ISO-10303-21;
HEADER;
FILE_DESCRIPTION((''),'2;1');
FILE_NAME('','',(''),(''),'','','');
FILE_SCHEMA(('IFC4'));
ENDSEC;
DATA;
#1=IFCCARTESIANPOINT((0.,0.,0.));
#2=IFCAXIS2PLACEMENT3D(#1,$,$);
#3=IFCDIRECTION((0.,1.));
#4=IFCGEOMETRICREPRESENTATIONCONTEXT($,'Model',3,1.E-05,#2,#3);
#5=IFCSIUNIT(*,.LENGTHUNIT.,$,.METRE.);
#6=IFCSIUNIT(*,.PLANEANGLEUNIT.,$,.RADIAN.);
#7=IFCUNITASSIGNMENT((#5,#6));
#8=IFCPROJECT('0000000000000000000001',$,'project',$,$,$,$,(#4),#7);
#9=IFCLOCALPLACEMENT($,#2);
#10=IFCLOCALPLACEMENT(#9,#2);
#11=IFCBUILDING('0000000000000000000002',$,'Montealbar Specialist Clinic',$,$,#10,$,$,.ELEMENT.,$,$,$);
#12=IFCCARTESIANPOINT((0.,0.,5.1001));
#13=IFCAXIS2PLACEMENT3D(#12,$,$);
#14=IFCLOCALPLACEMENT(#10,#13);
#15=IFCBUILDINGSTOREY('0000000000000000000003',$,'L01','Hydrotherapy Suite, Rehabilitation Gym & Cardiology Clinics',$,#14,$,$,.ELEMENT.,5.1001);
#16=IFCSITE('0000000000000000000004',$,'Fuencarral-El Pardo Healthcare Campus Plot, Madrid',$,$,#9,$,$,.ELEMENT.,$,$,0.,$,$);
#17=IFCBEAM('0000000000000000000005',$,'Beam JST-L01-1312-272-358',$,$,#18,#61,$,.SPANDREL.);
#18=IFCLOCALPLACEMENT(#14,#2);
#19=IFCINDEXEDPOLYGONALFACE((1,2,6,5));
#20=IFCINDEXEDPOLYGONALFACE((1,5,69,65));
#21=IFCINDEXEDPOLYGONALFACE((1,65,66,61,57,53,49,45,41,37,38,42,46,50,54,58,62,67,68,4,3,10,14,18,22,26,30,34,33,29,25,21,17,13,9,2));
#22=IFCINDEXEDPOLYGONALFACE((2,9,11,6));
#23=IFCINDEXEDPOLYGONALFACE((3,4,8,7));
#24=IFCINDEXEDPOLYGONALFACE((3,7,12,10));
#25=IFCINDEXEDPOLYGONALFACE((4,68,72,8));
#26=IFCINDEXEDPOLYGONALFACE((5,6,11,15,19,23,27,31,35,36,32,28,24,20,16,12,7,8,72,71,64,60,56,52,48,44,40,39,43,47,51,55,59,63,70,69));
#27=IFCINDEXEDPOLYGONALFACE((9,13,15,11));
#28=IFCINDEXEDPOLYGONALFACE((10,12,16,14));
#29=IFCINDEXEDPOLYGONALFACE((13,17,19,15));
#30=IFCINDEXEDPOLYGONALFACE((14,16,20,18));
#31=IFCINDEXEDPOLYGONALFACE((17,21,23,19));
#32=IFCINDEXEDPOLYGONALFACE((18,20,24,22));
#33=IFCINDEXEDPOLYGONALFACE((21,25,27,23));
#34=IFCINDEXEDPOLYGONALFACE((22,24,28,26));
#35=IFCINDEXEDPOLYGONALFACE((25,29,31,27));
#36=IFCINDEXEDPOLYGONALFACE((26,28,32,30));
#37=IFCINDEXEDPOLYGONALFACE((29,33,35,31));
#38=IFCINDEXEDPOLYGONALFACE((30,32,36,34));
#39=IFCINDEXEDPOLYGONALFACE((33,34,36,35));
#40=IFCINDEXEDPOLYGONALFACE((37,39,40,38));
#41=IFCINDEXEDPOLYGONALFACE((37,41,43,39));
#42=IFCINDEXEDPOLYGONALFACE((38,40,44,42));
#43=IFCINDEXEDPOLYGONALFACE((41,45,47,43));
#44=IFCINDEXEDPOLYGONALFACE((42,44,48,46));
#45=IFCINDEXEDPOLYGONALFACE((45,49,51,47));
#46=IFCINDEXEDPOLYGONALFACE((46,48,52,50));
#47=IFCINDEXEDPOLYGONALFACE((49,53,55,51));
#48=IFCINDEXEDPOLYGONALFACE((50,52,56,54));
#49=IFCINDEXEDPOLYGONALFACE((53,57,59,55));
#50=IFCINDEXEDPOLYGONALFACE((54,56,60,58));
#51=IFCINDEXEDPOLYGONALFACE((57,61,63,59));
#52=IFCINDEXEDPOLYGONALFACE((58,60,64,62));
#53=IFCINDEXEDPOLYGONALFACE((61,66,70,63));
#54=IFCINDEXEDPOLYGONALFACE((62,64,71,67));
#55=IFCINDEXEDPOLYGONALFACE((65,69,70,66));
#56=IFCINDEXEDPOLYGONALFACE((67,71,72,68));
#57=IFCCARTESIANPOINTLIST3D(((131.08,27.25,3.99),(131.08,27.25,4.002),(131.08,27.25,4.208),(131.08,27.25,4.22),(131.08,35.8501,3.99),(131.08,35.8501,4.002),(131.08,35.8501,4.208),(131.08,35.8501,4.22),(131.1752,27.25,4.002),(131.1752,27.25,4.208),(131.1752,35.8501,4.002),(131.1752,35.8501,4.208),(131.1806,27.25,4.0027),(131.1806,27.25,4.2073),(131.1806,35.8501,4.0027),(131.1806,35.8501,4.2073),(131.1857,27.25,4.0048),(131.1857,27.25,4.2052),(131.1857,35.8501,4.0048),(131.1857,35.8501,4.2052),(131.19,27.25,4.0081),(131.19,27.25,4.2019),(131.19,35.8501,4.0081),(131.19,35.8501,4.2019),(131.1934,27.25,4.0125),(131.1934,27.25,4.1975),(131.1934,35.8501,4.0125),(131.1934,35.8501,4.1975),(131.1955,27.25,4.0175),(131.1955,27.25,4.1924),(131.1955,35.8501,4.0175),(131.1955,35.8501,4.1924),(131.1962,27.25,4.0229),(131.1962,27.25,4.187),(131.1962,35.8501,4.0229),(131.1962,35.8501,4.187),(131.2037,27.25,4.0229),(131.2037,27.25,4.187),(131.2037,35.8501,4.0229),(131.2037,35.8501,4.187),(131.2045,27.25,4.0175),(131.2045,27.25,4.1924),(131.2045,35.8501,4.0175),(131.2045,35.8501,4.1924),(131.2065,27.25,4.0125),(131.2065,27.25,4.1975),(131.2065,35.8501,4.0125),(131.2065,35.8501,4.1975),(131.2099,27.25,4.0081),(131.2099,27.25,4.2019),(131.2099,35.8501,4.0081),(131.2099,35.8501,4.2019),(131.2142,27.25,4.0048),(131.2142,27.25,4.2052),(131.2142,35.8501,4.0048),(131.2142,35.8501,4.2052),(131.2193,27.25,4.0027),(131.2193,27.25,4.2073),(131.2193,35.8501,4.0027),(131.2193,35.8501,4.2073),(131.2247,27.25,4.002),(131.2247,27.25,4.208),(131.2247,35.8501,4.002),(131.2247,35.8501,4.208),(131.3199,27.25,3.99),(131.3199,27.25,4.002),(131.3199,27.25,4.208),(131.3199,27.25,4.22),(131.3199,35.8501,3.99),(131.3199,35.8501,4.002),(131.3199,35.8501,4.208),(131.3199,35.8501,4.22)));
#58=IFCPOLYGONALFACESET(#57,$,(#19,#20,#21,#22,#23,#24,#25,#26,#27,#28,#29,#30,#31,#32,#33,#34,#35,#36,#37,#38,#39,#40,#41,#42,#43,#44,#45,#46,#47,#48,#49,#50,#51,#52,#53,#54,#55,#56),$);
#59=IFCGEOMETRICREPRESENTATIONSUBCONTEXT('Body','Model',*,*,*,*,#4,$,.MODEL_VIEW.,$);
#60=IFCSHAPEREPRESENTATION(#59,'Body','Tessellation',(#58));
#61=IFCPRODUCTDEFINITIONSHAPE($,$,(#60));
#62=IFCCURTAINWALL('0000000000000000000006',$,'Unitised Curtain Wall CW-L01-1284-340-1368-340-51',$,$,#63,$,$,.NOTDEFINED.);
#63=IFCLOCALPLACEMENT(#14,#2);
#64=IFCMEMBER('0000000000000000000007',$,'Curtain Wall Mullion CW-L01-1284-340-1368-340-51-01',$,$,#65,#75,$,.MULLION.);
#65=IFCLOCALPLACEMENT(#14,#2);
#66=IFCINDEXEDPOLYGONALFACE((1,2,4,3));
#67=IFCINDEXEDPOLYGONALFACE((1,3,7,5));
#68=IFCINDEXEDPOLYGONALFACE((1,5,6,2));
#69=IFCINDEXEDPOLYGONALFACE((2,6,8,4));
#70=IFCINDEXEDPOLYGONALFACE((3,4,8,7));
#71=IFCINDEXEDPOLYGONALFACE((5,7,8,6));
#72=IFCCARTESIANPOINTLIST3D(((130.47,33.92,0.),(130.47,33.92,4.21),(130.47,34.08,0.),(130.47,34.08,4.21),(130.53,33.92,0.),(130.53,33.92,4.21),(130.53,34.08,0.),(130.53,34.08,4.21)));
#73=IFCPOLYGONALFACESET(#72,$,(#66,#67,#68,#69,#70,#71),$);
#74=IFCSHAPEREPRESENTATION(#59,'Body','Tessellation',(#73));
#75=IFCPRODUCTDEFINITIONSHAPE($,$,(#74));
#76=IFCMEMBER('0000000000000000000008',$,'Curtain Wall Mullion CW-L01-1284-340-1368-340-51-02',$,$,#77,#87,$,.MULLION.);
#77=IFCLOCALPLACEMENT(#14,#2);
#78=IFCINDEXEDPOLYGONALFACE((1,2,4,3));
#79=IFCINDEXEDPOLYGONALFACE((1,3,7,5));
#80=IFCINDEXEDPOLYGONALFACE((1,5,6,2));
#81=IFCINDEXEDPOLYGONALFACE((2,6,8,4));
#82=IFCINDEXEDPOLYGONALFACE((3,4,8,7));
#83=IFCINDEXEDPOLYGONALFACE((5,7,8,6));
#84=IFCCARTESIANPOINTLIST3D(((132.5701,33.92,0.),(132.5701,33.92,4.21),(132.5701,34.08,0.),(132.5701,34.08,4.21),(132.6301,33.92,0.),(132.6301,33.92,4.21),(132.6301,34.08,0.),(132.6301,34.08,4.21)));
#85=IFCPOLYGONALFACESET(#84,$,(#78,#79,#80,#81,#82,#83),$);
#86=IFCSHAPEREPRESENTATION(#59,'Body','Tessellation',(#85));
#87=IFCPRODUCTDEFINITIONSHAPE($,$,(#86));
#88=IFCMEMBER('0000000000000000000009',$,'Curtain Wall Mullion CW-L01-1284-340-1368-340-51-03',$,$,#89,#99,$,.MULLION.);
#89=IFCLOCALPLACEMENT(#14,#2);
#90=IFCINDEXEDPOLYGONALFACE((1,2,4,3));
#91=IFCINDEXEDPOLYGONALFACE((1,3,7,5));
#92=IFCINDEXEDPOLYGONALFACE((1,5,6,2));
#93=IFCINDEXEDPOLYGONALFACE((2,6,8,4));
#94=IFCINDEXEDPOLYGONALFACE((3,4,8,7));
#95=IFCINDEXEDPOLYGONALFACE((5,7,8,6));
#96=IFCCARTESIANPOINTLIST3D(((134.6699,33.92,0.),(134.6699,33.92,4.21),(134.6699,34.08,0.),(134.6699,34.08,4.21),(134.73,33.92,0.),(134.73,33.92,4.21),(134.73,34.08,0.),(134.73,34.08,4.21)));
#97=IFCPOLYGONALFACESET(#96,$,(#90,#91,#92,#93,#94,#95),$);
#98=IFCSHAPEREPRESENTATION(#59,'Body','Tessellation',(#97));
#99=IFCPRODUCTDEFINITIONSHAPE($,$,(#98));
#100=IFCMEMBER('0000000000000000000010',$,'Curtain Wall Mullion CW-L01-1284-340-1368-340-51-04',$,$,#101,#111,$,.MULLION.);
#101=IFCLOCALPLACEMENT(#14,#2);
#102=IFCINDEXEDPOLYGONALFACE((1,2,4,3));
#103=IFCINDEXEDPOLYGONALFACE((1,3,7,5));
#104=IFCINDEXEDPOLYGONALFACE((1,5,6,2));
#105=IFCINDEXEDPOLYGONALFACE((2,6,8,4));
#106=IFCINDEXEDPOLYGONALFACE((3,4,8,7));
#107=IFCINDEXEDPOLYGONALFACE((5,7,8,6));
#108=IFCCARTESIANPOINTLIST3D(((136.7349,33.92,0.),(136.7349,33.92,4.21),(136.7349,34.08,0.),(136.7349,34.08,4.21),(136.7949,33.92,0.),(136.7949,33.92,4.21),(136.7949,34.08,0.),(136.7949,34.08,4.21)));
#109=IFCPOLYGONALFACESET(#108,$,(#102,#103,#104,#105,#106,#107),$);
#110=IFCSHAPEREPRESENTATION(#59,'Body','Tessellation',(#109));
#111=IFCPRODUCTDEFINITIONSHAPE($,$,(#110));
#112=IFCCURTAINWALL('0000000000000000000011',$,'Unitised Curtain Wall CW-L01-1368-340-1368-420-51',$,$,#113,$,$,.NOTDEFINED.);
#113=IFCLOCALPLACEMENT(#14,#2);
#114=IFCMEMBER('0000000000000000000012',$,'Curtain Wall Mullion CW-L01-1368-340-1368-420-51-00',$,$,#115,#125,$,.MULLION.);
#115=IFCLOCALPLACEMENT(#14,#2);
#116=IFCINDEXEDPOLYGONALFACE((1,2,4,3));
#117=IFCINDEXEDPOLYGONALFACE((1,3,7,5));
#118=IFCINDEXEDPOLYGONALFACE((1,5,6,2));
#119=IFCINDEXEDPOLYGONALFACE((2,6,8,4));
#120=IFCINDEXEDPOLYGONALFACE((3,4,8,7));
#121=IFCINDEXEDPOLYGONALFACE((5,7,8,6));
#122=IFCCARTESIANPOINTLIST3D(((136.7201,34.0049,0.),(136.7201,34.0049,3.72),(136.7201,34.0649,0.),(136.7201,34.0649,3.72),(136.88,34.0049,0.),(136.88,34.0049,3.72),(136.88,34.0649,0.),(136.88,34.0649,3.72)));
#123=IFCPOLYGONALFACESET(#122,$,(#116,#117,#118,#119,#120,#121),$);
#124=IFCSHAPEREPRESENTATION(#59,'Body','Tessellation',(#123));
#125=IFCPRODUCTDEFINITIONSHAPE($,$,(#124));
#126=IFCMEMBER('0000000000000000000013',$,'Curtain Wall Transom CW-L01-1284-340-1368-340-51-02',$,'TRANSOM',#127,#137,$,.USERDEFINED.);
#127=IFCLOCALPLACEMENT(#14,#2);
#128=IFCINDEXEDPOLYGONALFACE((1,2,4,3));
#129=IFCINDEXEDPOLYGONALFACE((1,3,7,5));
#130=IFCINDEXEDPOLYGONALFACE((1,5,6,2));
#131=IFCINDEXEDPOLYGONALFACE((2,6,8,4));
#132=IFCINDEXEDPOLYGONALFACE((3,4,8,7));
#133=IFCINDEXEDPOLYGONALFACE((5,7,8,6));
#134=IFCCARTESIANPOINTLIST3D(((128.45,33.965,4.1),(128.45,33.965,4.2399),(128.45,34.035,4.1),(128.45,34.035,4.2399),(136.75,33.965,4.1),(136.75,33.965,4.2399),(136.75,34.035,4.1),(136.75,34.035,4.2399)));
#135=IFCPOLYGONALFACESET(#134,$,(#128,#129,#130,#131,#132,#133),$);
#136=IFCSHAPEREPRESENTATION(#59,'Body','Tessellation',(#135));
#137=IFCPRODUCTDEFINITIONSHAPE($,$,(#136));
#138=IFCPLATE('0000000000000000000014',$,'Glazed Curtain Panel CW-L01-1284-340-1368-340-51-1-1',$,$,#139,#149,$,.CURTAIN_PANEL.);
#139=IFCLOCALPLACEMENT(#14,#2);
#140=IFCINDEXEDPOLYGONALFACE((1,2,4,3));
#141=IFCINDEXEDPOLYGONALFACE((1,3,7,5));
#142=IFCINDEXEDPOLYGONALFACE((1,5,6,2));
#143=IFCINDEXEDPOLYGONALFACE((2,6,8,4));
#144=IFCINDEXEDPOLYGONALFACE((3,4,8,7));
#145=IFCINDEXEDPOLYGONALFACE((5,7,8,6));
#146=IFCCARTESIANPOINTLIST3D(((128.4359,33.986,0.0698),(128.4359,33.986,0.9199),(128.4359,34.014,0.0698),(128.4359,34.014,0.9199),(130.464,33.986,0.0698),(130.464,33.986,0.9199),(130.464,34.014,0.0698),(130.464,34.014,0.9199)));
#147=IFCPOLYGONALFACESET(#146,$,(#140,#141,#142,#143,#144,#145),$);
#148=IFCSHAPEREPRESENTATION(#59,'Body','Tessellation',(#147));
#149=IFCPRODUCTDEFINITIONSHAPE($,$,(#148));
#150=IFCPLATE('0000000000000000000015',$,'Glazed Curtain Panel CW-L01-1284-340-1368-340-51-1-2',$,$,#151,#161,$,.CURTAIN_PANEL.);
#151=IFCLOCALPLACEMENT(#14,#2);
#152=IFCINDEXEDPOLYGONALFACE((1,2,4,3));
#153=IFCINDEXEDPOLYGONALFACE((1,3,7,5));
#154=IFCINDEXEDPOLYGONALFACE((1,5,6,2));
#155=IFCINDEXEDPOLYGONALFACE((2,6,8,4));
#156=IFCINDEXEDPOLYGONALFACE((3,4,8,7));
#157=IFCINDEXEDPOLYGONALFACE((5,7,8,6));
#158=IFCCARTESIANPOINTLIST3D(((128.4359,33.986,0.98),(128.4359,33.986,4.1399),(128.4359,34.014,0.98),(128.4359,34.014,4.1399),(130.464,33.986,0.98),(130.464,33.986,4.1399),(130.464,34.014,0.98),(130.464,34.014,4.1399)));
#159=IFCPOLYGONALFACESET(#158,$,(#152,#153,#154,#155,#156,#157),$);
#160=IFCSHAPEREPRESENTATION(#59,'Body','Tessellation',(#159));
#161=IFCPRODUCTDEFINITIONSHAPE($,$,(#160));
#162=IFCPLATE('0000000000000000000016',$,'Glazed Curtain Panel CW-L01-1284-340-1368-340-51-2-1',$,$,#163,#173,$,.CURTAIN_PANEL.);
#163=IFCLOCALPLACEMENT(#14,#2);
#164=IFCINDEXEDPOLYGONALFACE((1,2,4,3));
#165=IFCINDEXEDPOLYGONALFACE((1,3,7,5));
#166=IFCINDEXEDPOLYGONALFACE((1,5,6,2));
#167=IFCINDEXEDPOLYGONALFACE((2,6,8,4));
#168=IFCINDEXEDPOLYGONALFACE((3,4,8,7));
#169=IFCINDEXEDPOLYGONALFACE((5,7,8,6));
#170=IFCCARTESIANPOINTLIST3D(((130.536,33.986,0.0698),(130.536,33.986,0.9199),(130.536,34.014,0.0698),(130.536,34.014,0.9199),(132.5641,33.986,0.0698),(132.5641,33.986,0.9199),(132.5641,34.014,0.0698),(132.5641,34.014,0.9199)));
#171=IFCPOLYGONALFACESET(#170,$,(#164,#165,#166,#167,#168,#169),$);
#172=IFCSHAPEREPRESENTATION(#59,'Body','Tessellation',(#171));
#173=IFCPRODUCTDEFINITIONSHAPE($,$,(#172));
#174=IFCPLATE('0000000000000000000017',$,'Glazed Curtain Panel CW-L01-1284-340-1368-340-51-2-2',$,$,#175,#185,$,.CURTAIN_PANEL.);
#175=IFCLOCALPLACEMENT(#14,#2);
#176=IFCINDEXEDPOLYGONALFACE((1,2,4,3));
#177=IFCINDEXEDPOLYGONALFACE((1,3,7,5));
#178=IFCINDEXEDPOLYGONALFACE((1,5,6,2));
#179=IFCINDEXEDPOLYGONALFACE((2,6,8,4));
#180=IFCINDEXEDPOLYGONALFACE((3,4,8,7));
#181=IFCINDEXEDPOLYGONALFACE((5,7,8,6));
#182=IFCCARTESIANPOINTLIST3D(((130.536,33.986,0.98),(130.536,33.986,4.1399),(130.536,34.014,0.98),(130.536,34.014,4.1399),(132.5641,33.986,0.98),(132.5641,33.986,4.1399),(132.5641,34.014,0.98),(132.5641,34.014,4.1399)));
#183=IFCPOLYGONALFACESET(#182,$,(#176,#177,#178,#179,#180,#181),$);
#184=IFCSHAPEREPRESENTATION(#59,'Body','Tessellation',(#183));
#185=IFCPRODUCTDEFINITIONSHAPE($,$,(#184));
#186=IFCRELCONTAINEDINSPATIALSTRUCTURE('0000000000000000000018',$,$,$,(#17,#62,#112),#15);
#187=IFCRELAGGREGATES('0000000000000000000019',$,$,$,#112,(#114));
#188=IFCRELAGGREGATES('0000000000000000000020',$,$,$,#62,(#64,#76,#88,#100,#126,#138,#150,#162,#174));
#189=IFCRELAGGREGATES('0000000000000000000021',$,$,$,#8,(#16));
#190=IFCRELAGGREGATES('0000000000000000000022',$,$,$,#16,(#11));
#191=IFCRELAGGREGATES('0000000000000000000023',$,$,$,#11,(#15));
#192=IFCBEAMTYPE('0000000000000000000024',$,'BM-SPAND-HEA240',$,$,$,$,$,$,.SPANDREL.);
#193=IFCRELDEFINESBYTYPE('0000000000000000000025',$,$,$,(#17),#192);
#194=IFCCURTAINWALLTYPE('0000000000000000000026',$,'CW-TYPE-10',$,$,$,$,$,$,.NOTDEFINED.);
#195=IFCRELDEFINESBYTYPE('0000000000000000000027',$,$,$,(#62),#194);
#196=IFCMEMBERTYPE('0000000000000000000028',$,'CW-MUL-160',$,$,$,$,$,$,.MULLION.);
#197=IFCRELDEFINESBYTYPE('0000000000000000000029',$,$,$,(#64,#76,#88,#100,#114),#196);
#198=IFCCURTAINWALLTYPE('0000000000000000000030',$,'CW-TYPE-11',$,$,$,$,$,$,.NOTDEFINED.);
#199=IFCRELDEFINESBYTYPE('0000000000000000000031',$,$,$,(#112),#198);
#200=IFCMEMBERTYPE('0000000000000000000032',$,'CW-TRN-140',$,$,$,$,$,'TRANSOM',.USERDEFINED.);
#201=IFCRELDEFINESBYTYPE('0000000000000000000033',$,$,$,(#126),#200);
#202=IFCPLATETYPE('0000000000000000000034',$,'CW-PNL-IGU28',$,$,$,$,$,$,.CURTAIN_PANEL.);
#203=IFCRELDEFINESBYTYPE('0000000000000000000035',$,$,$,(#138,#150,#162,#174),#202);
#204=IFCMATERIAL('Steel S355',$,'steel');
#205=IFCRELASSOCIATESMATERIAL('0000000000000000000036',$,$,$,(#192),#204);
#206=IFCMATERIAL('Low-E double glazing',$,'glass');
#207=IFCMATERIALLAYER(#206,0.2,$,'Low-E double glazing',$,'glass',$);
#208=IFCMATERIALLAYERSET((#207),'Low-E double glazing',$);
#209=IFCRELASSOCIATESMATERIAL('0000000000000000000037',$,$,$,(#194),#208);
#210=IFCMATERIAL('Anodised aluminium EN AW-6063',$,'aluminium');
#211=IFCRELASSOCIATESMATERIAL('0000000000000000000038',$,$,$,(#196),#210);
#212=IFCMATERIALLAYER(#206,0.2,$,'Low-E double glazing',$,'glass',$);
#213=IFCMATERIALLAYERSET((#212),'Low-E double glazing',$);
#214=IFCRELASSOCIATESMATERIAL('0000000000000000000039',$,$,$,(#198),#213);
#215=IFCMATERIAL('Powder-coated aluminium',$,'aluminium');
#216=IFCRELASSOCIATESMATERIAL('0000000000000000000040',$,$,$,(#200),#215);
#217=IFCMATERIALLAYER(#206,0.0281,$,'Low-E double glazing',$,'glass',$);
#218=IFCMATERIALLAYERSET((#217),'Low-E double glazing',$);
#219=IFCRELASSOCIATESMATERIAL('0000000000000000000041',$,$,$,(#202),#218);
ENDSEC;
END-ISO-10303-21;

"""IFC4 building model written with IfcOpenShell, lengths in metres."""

from ifc_helpers import new_model, si_unit, direction, frame, origin, origin_2d, place, context, subcontext, project, spatial, rectangle, i_section, extrude, material, layer, layer_set, material_profile, profile_set, type_object, element, aggregate, save


model = new_model("IFC4")

# Units and contexts
model_context = context("Model", 3, precision=1e-05, world=origin(), true_north=direction((0.0, 1.0)))
body_context = subcontext(model_context, "Body", "Model", "MODEL_VIEW")
ifc_project = project(units=[si_unit("LENGTHUNIT", "METRE"), si_unit("PLANEANGLEUNIT", "RADIAN")], contexts=[model_context])

# Site, building, storey
site_placement = place(None, origin())
site = spatial("IfcSite", under=ifc_project, at=site_placement, Name="Fuencarral-El Pardo Healthcare Campus Plot, Madrid", CompositionType="ELEMENT", RefElevation=0.0)
building_placement = place(site_placement, origin())
building = spatial("IfcBuilding", under=site, at=building_placement, Name="Montealbar Specialist Clinic", CompositionType="ELEMENT")
storey_placement = place(building_placement, frame((0.0, 0.0, 5.1001)))
storey = spatial("IfcBuildingStorey", under=building, at=storey_placement, Name="L01", Description="Hydrotherapy Suite, Rehabilitation Gym & Cardiology Clinics", CompositionType="ELEMENT", Elevation=5.1001)

# Shared definitions
ifc_material_1 = material(Name="Steel S355", Category="steel")

# Beam
ifc_material_profile_1 = material_profile(ifc_material_1, i_section(OverallWidth=0.24, OverallDepth=0.23, WebThickness=0.0076, FlangeThickness=0.012, FilletRadius=0.021, at=origin_2d()), Name="HEA 240", Category="steel")
ifc_profile_set_1 = profile_set([ifc_material_profile_1], Name="Steel S355")
beam_type_1 = type_object("IfcBeamType", Name="BM-SPAND-HEA240", PredefinedType="SPANDREL", material=ifc_profile_set_1)
beam_1_placement = place(storey_placement, frame((131.2, 27.25, 4.105), z_axis=(0.0, 1.0, 0.0), x_axis=(-1.0, 0.0, 0.0)))
element("IfcBeam", 1, at=beam_1_placement, inside=storey, type_object=beam_type_1, Name="Beam JST-L01-1312-272-358", PredefinedType="SPANDREL", context=body_context, shape_type="SweptSolid", body=[
    extrude(i_section(OverallWidth=0.24, OverallDepth=0.23, WebThickness=0.0076, FlangeThickness=0.012, FilletRadius=0.021, at=origin_2d()), origin(), (0.0, 0.0, 1.0), 8.6001),
])

# Curtain wall, members
ifc_material_2 = material(Name="Low-E double glazing", Category="glass")
ifc_layer_1 = layer(ifc_material_2, 0.2, Name="Low-E double glazing", Category="glass")
ifc_layer_set_1 = layer_set([ifc_layer_1], Name="Low-E double glazing")
curtain_wall_type_1 = type_object("IfcCurtainWallType", Name="CW-TYPE-10", PredefinedType="NOTDEFINED", material=ifc_layer_set_1)
curtain_wall_1_placement = place(storey_placement, origin())
curtain_wall_1 = element("IfcCurtainWall", 2, at=curtain_wall_1_placement, inside=storey, type_object=curtain_wall_type_1, Name="Unitised Curtain Wall CW-L01-1284-340-1368-340-51", PredefinedType="NOTDEFINED")
ifc_material_3 = material(Name="Anodised aluminium EN AW-6063", Category="aluminium")
ifc_material_profile_2 = material_profile(ifc_material_3, rectangle(XDim=0.0601, YDim=0.1599, at=origin_2d()), Name="ALU 60x160", Category="aluminium")
ifc_profile_set_2 = profile_set([ifc_material_profile_2], Name="Anodised aluminium EN AW-6063")
member_type_1 = type_object("IfcMemberType", Name="CW-MUL-160", PredefinedType="MULLION", material=ifc_profile_set_2)
member_1_placement = place(storey_placement, frame((130.5, 34.0, 0.0), z_axis=(0.0, 0.0, 1.0), x_axis=(1.0, 0.0, 0.0)))
member_1 = element("IfcMember", 3, at=member_1_placement, type_object=member_type_1, Name="Curtain Wall Mullion CW-L01-1284-340-1368-340-51-01", PredefinedType="MULLION", context=body_context, shape_type="SweptSolid", body=[
    extrude(rectangle(XDim=0.0601, YDim=0.1599, at=origin_2d()), origin(), (0.0, 0.0, 1.0), 4.21),
])
member_2_placement = place(storey_placement, frame((132.6001, 34.0, 0.0), z_axis=(0.0, 0.0, 1.0), x_axis=(1.0, 0.0, 0.0)))
member_2 = element("IfcMember", 4, at=member_2_placement, type_object=member_type_1, Name="Curtain Wall Mullion CW-L01-1284-340-1368-340-51-02", PredefinedType="MULLION", context=body_context, shape_type="SweptSolid", body=[
    extrude(rectangle(XDim=0.0601, YDim=0.1599, at=origin_2d()), origin(), (0.0, 0.0, 1.0), 4.21),
])
member_3_placement = place(storey_placement, frame((134.7, 34.0, 0.0), z_axis=(0.0, 0.0, 1.0), x_axis=(1.0, 0.0, 0.0)))
member_3 = element("IfcMember", 5, at=member_3_placement, type_object=member_type_1, Name="Curtain Wall Mullion CW-L01-1284-340-1368-340-51-03", PredefinedType="MULLION", context=body_context, shape_type="SweptSolid", body=[
    extrude(rectangle(XDim=0.0601, YDim=0.1599, at=origin_2d()), origin(), (0.0, 0.0, 1.0), 4.21),
])
member_4_placement = place(storey_placement, frame((136.7649, 34.0, 0.0), z_axis=(0.0, 0.0, 1.0), x_axis=(1.0, 0.0, 0.0)))
member_4 = element("IfcMember", 6, at=member_4_placement, type_object=member_type_1, Name="Curtain Wall Mullion CW-L01-1284-340-1368-340-51-04", PredefinedType="MULLION", context=body_context, shape_type="SweptSolid", body=[
    extrude(rectangle(XDim=0.0601, YDim=0.1599, at=origin_2d()), origin(), (0.0, 0.0, 1.0), 4.21),
])

# Curtain wall, member
ifc_layer_2 = layer(ifc_material_2, 0.2, Name="Low-E double glazing", Category="glass")
ifc_layer_set_2 = layer_set([ifc_layer_2], Name="Low-E double glazing")
curtain_wall_type_2 = type_object("IfcCurtainWallType", Name="CW-TYPE-11", PredefinedType="NOTDEFINED", material=ifc_layer_set_2)
curtain_wall_2_placement = place(storey_placement, origin())
curtain_wall_2 = element("IfcCurtainWall", 7, at=curtain_wall_2_placement, inside=storey, type_object=curtain_wall_type_2, Name="Unitised Curtain Wall CW-L01-1368-340-1368-420-51", PredefinedType="NOTDEFINED")
member_5_placement = place(storey_placement, frame((136.8, 34.0349, 0.0), z_axis=(0.0, 0.0, 1.0), x_axis=(0.0, 1.0, 0.0)))
member_5 = element("IfcMember", 8, at=member_5_placement, type_object=member_type_1, Name="Curtain Wall Mullion CW-L01-1368-340-1368-420-51-00", PredefinedType="MULLION", context=body_context, shape_type="SweptSolid", body=[
    extrude(rectangle(XDim=0.0601, YDim=0.1599, at=origin_2d()), origin(), (0.0, 0.0, 1.0), 3.72),
])
aggregate(curtain_wall_2, [member_5])

# Member
ifc_material_4 = material(Name="Powder-coated aluminium", Category="aluminium")
ifc_material_profile_3 = material_profile(ifc_material_4, rectangle(XDim=0.0701, YDim=0.1399, at=origin_2d()), Name="ALU 70x140", Category="aluminium")
ifc_profile_set_3 = profile_set([ifc_material_profile_3], Name="Powder-coated aluminium")
member_type_2 = type_object("IfcMemberType", Name="CW-TRN-140", ElementType="TRANSOM", PredefinedType="USERDEFINED", material=ifc_profile_set_3)
member_6_placement = place(storey_placement, frame((128.45, 34.0, 4.1699), z_axis=(1.0, 0.0, 0.0), x_axis=(0.0, 1.0, 0.0)))
member_6 = element("IfcMember", 9, at=member_6_placement, type_object=member_type_2, Name="Curtain Wall Transom CW-L01-1284-340-1368-340-51-02", ObjectType="TRANSOM", PredefinedType="USERDEFINED", context=body_context, shape_type="SweptSolid", body=[
    extrude(rectangle(XDim=0.0701, YDim=0.1399, at=origin_2d()), origin(), (0.0, 0.0, 1.0), 8.3),
])

# Plates
ifc_layer_3 = layer(ifc_material_2, 0.0281, Name="Low-E double glazing", Category="glass")
ifc_layer_set_3 = layer_set([ifc_layer_3], Name="Low-E double glazing")
plate_type = type_object("IfcPlateType", Name="CW-PNL-IGU28", PredefinedType="CURTAIN_PANEL", material=ifc_layer_set_3)
plate_1_placement = place(storey_placement, frame((129.45, 34.0, 0.0698), z_axis=(0.0, 0.0, 1.0), x_axis=(1.0, 0.0, 0.0)))
plate_1 = element("IfcPlate", 10, at=plate_1_placement, type_object=plate_type, Name="Glazed Curtain Panel CW-L01-1284-340-1368-340-51-1-1", PredefinedType="CURTAIN_PANEL", context=body_context, shape_type="SweptSolid", body=[
    extrude(rectangle(XDim=2.0281, YDim=0.0281, at=origin_2d()), origin(), (0.0, 0.0, 1.0), 0.8501),
])
plate_2_placement = place(storey_placement, frame((129.45, 34.0, 0.98), z_axis=(0.0, 0.0, 1.0), x_axis=(1.0, 0.0, 0.0)))
plate_2 = element("IfcPlate", 11, at=plate_2_placement, type_object=plate_type, Name="Glazed Curtain Panel CW-L01-1284-340-1368-340-51-1-2", PredefinedType="CURTAIN_PANEL", context=body_context, shape_type="SweptSolid", body=[
    extrude(rectangle(XDim=2.0281, YDim=0.0281, at=origin_2d()), origin(), (0.0, 0.0, 1.0), 3.1599),
])
plate_3_placement = place(storey_placement, frame((131.55, 34.0, 0.0698), z_axis=(0.0, 0.0, 1.0), x_axis=(1.0, 0.0, 0.0)))
plate_3 = element("IfcPlate", 12, at=plate_3_placement, type_object=plate_type, Name="Glazed Curtain Panel CW-L01-1284-340-1368-340-51-2-1", PredefinedType="CURTAIN_PANEL", context=body_context, shape_type="SweptSolid", body=[
    extrude(rectangle(XDim=2.0281, YDim=0.0281, at=origin_2d()), origin(), (0.0, 0.0, 1.0), 0.8501),
])
plate_4_placement = place(storey_placement, frame((131.55, 34.0, 0.98), z_axis=(0.0, 0.0, 1.0), x_axis=(1.0, 0.0, 0.0)))
plate_4 = element("IfcPlate", 13, at=plate_4_placement, type_object=plate_type, Name="Glazed Curtain Panel CW-L01-1284-340-1368-340-51-2-2", PredefinedType="CURTAIN_PANEL", context=body_context, shape_type="SweptSolid", body=[
    extrude(rectangle(XDim=2.0281, YDim=0.0281, at=origin_2d()), origin(), (0.0, 0.0, 1.0), 3.1599),
])
aggregate(curtain_wall_1, [member_1, member_2, member_3, member_4, member_6, plate_1, plate_2, plate_3, plate_4])

save(model, "model.ifc")
